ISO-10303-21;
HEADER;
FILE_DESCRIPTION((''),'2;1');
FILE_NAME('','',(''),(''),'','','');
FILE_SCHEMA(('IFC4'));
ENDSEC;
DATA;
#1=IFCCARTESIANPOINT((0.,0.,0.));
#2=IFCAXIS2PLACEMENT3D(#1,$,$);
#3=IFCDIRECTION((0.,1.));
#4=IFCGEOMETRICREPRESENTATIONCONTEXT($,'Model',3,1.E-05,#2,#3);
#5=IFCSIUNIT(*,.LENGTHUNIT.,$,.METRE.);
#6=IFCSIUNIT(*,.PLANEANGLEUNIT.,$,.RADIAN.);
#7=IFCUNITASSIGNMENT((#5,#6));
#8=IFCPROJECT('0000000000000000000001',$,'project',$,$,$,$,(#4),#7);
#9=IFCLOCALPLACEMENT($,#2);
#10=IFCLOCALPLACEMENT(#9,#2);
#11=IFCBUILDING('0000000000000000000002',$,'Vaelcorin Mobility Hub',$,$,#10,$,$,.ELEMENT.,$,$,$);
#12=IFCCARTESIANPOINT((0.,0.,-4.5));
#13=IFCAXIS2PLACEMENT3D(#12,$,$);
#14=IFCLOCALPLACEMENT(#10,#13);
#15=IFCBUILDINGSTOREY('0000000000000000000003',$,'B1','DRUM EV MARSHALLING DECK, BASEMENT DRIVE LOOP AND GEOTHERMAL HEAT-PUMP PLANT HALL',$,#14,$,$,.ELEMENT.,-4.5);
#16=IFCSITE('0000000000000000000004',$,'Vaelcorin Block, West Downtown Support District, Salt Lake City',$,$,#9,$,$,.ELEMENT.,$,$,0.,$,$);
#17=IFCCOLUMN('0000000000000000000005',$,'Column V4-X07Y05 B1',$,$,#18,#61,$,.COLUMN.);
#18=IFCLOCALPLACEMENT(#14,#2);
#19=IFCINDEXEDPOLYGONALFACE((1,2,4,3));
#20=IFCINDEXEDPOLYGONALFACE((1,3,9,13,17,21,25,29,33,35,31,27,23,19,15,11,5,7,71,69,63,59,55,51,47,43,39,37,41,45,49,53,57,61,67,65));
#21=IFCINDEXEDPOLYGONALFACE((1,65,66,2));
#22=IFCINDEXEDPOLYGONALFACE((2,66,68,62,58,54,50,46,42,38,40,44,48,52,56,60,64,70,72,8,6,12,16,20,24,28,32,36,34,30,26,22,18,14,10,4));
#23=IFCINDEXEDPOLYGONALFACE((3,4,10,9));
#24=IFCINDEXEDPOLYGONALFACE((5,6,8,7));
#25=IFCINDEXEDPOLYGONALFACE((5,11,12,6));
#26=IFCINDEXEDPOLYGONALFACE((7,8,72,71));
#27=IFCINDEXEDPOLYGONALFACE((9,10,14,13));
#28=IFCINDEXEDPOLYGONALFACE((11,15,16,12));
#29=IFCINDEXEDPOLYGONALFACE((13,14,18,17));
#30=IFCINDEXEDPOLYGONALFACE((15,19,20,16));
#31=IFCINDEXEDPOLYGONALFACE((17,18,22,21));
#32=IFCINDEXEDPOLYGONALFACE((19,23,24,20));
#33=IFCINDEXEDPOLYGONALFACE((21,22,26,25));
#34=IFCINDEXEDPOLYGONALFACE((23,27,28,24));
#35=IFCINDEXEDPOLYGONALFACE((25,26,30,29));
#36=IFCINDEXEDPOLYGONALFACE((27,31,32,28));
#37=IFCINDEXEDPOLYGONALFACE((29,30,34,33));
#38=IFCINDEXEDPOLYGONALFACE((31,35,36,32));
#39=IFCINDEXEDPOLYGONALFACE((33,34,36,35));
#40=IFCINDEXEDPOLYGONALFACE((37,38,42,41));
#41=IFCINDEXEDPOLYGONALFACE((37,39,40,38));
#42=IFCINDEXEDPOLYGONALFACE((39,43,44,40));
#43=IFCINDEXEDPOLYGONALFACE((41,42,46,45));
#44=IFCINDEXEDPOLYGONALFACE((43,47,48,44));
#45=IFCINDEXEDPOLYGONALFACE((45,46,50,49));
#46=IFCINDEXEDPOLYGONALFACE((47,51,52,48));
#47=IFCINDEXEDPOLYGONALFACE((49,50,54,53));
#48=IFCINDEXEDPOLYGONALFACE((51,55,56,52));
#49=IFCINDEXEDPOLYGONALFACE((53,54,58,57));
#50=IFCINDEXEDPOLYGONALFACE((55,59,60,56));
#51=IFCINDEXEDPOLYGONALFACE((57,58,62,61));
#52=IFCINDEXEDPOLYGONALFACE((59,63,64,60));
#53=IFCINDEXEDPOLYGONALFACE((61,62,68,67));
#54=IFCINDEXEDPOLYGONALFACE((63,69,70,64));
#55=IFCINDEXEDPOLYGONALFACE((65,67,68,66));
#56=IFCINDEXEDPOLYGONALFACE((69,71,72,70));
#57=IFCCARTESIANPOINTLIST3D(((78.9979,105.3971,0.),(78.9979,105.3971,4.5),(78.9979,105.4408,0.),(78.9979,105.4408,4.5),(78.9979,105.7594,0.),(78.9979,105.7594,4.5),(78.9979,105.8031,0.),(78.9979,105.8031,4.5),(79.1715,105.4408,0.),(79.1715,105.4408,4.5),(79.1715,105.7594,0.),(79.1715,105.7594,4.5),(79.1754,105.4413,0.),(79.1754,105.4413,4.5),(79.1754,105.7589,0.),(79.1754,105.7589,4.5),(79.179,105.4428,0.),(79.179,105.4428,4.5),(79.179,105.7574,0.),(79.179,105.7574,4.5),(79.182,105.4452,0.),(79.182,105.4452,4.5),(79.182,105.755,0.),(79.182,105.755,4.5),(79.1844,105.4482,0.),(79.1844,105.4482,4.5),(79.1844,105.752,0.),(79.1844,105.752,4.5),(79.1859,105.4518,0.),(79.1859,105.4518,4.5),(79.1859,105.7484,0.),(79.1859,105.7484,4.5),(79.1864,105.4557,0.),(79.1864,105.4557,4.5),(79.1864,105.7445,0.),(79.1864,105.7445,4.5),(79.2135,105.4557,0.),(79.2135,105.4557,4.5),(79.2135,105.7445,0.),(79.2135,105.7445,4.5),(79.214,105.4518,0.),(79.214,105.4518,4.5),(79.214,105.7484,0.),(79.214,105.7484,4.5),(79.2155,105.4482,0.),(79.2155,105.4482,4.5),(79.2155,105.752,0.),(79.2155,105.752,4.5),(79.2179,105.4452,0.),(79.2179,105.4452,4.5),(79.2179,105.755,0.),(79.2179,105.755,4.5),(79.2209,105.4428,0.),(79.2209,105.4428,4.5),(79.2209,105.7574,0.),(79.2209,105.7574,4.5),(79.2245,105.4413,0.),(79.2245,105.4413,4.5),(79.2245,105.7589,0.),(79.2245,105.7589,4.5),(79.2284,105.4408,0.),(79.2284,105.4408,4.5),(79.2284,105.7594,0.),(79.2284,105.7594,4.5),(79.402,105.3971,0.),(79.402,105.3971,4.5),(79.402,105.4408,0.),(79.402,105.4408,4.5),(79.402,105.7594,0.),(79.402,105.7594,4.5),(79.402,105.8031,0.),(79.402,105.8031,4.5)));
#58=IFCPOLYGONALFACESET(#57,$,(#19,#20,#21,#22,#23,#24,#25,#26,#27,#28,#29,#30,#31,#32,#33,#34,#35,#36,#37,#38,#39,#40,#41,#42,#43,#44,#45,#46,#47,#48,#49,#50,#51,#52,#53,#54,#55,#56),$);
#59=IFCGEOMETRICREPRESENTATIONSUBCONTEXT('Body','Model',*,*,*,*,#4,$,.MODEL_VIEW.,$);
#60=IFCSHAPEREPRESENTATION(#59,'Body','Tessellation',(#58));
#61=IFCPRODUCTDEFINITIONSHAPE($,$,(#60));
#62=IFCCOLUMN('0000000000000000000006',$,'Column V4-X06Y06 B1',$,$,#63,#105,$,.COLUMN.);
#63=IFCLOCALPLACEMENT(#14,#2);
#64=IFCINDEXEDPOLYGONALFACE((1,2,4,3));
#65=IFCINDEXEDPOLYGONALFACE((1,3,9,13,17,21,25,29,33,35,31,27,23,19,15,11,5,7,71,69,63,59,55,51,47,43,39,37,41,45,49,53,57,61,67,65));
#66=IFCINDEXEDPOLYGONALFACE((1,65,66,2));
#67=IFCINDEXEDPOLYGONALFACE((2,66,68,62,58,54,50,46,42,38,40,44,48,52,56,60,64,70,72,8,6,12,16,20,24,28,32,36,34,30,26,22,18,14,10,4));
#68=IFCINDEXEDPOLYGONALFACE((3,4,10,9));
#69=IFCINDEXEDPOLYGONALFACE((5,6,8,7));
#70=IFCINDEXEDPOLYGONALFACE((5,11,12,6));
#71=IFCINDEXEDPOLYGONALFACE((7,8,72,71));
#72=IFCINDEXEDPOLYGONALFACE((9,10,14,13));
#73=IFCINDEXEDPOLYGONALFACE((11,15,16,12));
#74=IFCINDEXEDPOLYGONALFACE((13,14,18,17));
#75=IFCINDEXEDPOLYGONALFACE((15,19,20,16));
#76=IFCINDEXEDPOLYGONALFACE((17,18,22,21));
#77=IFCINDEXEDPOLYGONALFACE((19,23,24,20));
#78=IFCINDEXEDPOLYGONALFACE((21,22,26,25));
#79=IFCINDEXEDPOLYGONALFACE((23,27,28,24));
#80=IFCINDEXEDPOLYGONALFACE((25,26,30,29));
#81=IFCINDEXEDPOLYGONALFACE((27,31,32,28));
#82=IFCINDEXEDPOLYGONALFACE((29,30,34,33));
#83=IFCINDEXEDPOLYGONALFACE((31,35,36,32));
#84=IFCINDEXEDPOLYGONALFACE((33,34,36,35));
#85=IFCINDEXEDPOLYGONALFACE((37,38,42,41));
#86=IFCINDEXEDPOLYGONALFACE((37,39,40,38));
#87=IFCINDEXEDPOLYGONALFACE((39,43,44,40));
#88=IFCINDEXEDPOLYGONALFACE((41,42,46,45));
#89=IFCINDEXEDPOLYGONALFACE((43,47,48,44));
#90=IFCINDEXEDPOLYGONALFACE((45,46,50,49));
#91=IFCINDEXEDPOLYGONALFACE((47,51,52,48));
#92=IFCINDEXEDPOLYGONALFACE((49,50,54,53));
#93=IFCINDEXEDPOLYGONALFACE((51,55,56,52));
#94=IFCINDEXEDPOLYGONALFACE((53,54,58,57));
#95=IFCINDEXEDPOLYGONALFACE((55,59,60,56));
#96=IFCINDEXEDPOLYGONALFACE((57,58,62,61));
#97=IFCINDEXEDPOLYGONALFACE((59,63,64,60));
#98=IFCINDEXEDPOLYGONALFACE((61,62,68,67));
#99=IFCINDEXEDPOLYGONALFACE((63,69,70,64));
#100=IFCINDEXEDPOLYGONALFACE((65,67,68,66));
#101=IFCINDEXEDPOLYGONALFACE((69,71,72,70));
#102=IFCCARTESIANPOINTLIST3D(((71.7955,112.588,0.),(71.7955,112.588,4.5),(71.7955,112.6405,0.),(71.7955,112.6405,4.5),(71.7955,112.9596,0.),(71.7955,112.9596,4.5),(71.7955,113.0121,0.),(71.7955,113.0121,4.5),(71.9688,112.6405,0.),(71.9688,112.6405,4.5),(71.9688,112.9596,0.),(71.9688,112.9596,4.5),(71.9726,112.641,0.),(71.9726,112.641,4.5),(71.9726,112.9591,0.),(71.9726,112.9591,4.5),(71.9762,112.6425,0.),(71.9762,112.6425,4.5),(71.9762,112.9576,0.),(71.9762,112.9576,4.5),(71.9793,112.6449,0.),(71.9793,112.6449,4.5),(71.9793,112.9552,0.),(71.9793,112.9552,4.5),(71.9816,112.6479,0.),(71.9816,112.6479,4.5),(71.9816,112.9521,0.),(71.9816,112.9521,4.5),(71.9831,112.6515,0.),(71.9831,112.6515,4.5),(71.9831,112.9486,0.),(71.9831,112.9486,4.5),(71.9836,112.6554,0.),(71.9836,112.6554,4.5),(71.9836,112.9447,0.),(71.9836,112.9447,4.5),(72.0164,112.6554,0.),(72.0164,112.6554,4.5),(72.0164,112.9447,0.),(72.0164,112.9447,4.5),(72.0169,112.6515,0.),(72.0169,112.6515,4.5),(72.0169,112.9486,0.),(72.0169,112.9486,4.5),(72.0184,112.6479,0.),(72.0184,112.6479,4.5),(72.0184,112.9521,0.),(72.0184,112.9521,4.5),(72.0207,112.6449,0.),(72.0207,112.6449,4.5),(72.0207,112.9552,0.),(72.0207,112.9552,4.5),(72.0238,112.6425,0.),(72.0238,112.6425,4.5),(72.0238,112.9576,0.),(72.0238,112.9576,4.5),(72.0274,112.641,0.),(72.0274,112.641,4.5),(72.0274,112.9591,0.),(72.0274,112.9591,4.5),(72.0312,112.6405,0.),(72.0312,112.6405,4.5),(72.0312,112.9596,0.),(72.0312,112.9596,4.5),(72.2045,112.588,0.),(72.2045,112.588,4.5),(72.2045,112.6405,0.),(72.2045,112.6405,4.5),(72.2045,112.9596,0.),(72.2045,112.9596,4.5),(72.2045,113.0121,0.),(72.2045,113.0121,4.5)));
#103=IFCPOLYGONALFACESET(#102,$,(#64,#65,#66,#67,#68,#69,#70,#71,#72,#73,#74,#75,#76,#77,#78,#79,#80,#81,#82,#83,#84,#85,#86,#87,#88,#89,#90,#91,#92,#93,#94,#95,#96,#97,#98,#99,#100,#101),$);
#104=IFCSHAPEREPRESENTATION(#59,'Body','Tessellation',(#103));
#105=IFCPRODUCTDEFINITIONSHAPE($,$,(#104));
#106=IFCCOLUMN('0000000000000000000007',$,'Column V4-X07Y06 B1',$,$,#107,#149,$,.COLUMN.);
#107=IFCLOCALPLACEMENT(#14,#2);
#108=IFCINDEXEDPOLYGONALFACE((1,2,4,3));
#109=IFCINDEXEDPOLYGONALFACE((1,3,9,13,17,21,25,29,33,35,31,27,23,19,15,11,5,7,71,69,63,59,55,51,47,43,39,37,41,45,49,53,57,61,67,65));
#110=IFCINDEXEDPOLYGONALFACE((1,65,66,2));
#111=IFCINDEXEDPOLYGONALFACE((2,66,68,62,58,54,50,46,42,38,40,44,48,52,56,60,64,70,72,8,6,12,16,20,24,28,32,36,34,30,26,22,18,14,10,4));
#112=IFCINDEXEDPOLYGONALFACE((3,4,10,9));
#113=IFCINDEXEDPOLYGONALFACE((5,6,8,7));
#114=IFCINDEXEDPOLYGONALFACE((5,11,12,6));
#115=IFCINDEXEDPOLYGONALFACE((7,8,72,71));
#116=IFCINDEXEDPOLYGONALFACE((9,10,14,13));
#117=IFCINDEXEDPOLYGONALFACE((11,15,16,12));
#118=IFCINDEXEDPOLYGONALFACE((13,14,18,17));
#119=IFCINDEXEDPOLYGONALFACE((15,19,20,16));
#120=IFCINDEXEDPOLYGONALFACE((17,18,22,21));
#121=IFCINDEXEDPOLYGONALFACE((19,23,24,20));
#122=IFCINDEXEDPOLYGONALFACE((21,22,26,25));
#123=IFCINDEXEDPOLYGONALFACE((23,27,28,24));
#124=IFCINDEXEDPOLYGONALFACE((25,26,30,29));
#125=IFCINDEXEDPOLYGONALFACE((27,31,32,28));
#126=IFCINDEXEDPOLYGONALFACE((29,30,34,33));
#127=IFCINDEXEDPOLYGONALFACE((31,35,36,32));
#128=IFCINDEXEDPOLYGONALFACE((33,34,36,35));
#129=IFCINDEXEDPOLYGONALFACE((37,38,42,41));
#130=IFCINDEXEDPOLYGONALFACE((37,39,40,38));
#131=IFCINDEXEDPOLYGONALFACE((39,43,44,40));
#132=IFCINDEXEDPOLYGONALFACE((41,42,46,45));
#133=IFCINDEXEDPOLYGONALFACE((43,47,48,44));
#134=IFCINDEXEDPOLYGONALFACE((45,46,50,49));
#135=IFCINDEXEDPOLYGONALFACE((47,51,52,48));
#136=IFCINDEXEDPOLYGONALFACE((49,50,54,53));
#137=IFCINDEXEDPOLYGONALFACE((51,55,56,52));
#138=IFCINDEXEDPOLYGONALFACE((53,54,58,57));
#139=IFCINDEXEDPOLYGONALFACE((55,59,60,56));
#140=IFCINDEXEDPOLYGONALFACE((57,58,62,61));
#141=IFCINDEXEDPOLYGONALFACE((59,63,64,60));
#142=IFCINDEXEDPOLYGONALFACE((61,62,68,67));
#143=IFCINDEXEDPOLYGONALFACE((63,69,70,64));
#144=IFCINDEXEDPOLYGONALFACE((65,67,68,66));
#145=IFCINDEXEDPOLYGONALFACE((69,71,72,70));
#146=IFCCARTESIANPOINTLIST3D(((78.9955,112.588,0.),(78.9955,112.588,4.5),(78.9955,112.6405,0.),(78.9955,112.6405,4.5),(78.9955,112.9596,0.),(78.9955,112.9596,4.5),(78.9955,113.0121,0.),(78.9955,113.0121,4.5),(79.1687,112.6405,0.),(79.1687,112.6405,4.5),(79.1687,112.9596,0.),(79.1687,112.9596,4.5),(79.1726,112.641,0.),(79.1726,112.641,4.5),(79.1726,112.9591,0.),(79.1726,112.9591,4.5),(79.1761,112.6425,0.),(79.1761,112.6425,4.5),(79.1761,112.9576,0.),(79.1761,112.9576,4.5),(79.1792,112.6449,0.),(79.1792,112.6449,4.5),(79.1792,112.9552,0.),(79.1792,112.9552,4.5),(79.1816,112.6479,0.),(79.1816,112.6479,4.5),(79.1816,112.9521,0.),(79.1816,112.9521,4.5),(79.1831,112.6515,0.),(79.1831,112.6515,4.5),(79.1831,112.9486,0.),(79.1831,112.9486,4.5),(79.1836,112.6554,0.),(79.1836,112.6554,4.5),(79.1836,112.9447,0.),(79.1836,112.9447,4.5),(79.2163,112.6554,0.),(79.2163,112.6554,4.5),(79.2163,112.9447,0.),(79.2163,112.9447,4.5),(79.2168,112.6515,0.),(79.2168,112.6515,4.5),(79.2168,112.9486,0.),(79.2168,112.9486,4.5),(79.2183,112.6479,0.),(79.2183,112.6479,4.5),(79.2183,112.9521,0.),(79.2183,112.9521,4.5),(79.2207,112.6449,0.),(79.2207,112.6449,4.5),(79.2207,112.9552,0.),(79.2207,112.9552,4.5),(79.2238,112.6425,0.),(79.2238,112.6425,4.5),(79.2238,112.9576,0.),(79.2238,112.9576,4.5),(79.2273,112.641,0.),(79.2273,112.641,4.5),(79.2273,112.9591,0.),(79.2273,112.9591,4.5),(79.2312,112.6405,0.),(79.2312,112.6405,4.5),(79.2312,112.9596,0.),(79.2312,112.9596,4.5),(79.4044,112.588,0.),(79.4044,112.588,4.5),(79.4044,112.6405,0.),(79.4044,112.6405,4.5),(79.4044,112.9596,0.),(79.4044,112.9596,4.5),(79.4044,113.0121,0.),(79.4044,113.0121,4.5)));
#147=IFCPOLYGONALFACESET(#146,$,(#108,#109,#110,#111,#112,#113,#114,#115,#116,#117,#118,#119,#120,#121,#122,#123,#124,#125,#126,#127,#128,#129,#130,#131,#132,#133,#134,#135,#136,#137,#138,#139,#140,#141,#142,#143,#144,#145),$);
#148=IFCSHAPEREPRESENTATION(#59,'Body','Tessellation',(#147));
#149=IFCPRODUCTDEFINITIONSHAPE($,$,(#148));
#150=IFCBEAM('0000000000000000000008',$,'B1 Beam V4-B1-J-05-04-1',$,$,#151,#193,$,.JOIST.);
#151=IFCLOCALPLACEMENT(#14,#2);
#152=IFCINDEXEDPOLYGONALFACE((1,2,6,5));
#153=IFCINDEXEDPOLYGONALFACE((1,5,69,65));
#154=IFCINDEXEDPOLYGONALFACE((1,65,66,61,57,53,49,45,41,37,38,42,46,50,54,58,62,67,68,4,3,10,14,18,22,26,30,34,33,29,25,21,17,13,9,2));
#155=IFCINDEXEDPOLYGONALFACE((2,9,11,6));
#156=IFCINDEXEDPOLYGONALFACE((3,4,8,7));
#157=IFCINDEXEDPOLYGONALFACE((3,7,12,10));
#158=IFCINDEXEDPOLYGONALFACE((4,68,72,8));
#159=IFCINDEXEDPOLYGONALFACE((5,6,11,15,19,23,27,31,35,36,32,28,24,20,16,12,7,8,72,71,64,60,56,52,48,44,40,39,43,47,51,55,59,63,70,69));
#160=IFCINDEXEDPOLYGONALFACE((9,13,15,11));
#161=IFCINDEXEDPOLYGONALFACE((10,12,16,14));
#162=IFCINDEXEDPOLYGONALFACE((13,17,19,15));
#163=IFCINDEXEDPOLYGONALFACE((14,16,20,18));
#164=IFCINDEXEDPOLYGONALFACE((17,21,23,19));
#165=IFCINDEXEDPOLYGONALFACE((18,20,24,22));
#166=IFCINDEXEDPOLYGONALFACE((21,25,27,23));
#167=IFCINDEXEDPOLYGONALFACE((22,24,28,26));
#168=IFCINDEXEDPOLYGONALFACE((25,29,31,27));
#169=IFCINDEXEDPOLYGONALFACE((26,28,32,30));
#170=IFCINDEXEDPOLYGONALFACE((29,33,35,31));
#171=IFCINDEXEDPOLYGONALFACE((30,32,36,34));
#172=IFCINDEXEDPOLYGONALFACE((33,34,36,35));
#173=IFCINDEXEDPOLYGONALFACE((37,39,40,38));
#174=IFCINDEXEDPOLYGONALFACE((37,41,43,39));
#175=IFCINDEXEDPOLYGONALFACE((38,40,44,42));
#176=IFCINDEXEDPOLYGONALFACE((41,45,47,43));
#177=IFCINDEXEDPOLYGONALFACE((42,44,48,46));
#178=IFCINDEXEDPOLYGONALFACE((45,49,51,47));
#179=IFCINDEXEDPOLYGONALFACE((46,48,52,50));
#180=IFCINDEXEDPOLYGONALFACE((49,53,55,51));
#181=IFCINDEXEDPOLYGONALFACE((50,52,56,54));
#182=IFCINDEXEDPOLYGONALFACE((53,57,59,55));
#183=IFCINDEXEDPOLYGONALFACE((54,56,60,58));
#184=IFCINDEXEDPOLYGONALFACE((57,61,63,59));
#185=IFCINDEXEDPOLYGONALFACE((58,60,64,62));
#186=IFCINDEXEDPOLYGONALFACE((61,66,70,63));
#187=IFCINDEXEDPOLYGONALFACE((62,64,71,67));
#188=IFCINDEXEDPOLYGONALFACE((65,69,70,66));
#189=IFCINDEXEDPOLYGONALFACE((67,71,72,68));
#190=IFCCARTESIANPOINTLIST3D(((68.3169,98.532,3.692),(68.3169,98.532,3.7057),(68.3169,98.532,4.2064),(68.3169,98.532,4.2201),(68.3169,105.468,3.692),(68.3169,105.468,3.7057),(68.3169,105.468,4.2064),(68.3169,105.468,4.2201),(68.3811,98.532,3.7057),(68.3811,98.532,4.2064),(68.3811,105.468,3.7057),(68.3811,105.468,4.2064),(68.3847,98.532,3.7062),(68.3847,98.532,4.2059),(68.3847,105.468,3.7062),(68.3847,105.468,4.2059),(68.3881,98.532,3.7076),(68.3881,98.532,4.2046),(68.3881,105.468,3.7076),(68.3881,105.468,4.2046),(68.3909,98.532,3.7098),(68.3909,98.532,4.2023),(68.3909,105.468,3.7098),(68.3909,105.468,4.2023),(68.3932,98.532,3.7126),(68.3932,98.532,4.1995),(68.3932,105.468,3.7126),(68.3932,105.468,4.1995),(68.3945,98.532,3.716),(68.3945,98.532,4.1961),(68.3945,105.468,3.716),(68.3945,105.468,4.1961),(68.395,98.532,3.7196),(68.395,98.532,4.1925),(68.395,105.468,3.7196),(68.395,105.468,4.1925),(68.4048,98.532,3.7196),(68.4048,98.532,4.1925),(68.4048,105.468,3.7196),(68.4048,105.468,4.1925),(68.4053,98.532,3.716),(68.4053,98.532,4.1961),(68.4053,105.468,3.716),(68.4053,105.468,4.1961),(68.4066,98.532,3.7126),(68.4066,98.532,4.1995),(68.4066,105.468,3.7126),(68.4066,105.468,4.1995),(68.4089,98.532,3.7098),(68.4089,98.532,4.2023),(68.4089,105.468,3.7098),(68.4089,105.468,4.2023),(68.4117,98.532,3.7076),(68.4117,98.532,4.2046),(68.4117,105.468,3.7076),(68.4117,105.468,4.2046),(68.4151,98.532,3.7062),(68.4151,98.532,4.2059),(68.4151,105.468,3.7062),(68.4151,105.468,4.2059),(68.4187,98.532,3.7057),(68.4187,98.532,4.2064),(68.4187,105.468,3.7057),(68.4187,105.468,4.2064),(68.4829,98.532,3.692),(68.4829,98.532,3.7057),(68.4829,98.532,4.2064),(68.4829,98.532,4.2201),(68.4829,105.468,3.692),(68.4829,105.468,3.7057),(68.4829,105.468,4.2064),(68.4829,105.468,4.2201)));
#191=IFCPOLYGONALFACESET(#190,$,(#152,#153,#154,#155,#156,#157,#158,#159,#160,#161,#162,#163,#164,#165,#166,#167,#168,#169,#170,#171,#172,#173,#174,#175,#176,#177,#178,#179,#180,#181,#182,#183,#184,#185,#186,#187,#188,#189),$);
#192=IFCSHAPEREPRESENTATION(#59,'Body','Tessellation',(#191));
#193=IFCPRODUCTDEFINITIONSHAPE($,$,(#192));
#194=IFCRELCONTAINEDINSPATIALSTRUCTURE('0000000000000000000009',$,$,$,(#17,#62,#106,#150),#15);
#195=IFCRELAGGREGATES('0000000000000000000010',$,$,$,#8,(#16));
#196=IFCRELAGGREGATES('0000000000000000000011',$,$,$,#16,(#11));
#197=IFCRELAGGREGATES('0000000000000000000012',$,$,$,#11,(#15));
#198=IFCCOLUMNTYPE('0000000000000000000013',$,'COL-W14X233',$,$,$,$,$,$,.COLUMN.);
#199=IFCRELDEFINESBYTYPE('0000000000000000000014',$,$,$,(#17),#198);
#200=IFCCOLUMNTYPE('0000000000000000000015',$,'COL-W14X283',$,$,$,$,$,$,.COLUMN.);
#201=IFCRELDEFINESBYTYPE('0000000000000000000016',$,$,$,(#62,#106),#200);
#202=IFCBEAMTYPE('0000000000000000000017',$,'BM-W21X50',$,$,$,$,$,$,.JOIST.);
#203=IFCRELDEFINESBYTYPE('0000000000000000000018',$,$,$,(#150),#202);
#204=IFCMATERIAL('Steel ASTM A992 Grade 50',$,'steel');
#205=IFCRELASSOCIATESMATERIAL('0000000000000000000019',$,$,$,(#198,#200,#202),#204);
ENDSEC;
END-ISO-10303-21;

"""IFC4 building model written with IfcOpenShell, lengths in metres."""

from ifc_helpers import new_model, si_unit, direction, frame, origin, origin_2d, place, context, subcontext, project, spatial, i_section, extrude, material, material_profile, profile_set, type_object, element, save


model = new_model("IFC4")

# Units and contexts
model_context = context("Model", 3, precision=1e-05, world=origin(), true_north=direction((0.0, 1.0)))
body_context = subcontext(model_context, "Body", "Model", "MODEL_VIEW")
ifc_project = project(units=[si_unit("LENGTHUNIT", "METRE"), si_unit("PLANEANGLEUNIT", "RADIAN")], contexts=[model_context])

# Site, building, storey
site_placement = place(None, origin())
site = spatial("IfcSite", under=ifc_project, at=site_placement, Name="Vaelcorin Block, West Downtown Support District, Salt Lake City", CompositionType="ELEMENT", RefElevation=0.0)
building_placement = place(site_placement, origin())
building = spatial("IfcBuilding", under=site, at=building_placement, Name="Vaelcorin Mobility Hub", CompositionType="ELEMENT")
storey_placement = place(building_placement, frame((0.0, 0.0, -4.5)))
storey = spatial("IfcBuildingStorey", under=building, at=storey_placement, Name="B1", Description="DRUM EV MARSHALLING DECK, BASEMENT DRIVE LOOP AND GEOTHERMAL HEAT-PUMP PLANT HALL", CompositionType="ELEMENT", Elevation=-4.5)

# Columns
ifc_material_1 = material(Name="Steel ASTM A992 Grade 50", Category="steel")
ifc_material_profile_1 = material_profile(ifc_material_1, i_section(OverallWidth=0.4041, OverallDepth=0.406, WebThickness=0.0271, FlangeThickness=0.0437, FilletRadius=0.0149, at=origin_2d()), Name="W14X233")
ifc_profile_set_1 = profile_set([ifc_material_profile_1], Name="Steel ASTM A992 Grade 50")
column_type_1 = type_object("IfcColumnType", Name="COL-W14X233", PredefinedType="COLUMN", material=ifc_profile_set_1)
for number, where, z_axis, x_axis, name in (
    (1, (79.2, 105.6001, 0.0), (0.0, 0.0, 1.0), (1.0, 0.0, 0.0), "Column V4-X07Y05 B1"),
):
    element("IfcColumn", number, at=place(storey_placement, frame(where, z_axis=z_axis, x_axis=x_axis)), inside=storey, type_object=column_type_1, Name=name, PredefinedType="COLUMN", context=body_context, shape_type="SweptSolid", body=[
        extrude(i_section(OverallWidth=0.4041, OverallDepth=0.406, WebThickness=0.0271, FlangeThickness=0.0437, FilletRadius=0.0149, at=origin_2d()), origin(), (0.0, 0.0, 1.0), 4.5),
    ])
ifc_material_profile_2 = material_profile(ifc_material_1, i_section(OverallWidth=0.4089, OverallDepth=0.4241, WebThickness=0.0327, FlangeThickness=0.0525, FilletRadius=0.0149, at=origin_2d()), Name="W14X283")
ifc_profile_set_2 = profile_set([ifc_material_profile_2], Name="Steel ASTM A992 Grade 50")
column_type_2 = type_object("IfcColumnType", Name="COL-W14X283", PredefinedType="COLUMN", material=ifc_profile_set_2)
for number, where, z_axis, x_axis, name in (
    (2, (72.0, 112.8, 0.0), (0.0, 0.0, 1.0), (1.0, 0.0, 0.0), "Column V4-X06Y06 B1"),
    (3, (79.2, 112.8, 0.0), (0.0, 0.0, 1.0), (1.0, 0.0, 0.0), "Column V4-X07Y06 B1"),
):
    element("IfcColumn", number, at=place(storey_placement, frame(where, z_axis=z_axis, x_axis=x_axis)), inside=storey, type_object=column_type_2, Name=name, PredefinedType="COLUMN", context=body_context, shape_type="SweptSolid", body=[
        extrude(i_section(OverallWidth=0.4089, OverallDepth=0.4241, WebThickness=0.0327, FlangeThickness=0.0525, FilletRadius=0.0149, at=origin_2d()), origin(), (0.0, 0.0, 1.0), 4.5),
    ])

# Beam
ifc_material_profile_3 = material_profile(ifc_material_1, i_section(OverallWidth=0.166, OverallDepth=0.5281, WebThickness=0.0098, FlangeThickness=0.0137, FilletRadius=0.0139, at=origin_2d()), Name="W21X50")
ifc_profile_set_3 = profile_set([ifc_material_profile_3], Name="Steel ASTM A992 Grade 50")
beam_type_1 = type_object("IfcBeamType", Name="BM-W21X50", PredefinedType="JOIST", material=ifc_profile_set_3)
for number, where, z_axis, x_axis, name in (
    (4, (68.3999, 98.532, 3.9561), (0.0, 1.0, 0.0), (-1.0, 0.0, 0.0), "B1 Beam V4-B1-J-05-04-1"),
):
    element("IfcBeam", number, at=place(storey_placement, frame(where, z_axis=z_axis, x_axis=x_axis)), inside=storey, type_object=beam_type_1, Name=name, PredefinedType="JOIST", context=body_context, shape_type="SweptSolid", body=[
        extrude(i_section(OverallWidth=0.166, OverallDepth=0.5281, WebThickness=0.0098, FlangeThickness=0.0137, FilletRadius=0.0139, at=origin_2d()), origin(), (0.0, 0.0, 1.0), 6.936),
    ])

save(model, "model.ifc")
